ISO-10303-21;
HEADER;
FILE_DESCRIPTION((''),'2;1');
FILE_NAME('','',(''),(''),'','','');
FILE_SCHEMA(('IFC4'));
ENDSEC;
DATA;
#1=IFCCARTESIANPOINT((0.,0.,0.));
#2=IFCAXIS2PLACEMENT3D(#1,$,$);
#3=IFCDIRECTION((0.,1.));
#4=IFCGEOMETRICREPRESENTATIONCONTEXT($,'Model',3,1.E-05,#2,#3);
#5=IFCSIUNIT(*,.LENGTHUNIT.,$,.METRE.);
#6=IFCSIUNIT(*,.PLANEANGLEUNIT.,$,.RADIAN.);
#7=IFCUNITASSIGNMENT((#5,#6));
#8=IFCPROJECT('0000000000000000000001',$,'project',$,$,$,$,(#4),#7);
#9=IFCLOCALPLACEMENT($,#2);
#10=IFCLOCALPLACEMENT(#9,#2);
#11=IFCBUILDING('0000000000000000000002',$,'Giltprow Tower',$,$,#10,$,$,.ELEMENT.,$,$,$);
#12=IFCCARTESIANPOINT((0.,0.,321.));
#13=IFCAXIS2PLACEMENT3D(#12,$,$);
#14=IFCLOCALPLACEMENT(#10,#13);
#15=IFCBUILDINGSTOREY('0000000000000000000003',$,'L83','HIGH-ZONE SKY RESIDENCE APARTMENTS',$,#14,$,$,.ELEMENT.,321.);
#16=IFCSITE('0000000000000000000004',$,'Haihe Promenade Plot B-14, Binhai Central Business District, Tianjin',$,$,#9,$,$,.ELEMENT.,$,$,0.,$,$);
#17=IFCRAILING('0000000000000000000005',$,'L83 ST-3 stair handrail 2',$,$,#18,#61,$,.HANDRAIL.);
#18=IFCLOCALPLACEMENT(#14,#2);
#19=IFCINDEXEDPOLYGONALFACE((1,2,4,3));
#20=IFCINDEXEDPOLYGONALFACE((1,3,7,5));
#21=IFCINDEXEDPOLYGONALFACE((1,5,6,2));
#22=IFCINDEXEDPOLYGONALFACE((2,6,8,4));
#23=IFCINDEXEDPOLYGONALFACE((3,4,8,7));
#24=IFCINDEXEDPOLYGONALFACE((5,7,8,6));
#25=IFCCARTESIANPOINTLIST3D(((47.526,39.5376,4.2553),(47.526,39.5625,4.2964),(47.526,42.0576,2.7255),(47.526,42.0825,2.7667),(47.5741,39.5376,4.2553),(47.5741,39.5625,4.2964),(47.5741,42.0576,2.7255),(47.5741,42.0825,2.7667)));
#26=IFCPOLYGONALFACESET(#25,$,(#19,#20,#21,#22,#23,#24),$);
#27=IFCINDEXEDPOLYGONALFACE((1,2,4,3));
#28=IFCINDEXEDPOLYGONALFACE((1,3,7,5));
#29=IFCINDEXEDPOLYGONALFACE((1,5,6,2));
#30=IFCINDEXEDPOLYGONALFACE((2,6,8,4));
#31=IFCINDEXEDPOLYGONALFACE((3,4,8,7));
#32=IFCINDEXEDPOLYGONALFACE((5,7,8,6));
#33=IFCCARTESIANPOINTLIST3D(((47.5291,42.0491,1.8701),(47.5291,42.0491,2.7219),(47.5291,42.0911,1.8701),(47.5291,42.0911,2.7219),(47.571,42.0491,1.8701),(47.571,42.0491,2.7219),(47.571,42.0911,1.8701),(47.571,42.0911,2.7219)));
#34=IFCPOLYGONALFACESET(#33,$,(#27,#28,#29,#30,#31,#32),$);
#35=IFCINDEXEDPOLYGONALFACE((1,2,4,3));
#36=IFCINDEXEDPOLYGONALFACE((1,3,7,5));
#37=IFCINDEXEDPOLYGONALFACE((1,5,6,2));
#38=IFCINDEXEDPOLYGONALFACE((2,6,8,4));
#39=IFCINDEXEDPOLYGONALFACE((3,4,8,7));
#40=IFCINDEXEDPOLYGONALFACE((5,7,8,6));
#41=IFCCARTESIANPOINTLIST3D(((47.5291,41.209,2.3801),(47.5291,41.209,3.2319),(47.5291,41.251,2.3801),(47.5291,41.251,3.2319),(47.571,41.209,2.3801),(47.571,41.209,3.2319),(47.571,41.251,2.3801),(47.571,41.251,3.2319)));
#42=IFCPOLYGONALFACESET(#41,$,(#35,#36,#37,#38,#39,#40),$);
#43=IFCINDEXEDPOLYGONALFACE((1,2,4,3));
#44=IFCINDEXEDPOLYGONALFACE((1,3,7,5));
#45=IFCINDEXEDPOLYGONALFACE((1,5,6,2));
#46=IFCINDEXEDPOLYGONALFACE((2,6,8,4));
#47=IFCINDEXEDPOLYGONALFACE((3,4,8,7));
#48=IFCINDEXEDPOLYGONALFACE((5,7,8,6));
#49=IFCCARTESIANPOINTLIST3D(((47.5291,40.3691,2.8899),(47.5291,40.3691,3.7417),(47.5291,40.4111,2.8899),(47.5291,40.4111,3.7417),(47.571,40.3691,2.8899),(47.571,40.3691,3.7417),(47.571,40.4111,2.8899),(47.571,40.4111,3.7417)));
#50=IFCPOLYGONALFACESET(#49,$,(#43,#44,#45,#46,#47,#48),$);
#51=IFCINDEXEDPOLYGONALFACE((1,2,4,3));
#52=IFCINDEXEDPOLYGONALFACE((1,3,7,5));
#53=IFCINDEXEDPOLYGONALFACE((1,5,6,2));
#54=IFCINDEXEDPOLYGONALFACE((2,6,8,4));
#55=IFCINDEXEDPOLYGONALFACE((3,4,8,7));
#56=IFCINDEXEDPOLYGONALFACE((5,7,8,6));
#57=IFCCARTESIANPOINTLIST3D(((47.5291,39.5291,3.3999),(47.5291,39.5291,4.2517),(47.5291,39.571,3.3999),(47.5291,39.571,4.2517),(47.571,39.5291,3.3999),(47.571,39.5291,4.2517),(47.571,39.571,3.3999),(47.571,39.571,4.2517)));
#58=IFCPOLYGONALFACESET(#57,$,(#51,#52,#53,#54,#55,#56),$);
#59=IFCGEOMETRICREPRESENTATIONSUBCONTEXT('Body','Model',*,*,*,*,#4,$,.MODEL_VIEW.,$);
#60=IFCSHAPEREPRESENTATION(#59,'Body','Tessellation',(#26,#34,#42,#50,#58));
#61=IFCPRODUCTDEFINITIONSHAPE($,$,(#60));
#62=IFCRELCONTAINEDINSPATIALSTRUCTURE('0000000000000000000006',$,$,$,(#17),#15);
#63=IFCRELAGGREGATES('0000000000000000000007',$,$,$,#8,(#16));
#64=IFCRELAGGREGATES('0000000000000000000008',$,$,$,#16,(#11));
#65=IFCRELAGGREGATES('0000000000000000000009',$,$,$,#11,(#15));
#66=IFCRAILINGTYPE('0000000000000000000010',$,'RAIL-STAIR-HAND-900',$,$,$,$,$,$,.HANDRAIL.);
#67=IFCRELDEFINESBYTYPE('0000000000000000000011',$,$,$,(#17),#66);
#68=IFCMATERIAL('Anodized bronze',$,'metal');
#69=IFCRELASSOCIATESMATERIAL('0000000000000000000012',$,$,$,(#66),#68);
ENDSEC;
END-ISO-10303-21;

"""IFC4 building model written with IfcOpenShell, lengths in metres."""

from ifc_helpers import new_model, si_unit, direction, frame, origin, origin_2d, place, context, subcontext, project, spatial, rectangle, extrude, material, type_object, element, save


model = new_model("IFC4")

# Units and contexts
model_context = context("Model", 3, precision=1e-05, world=origin(), true_north=direction((0.0, 1.0)))
body_context = subcontext(model_context, "Body", "Model", "MODEL_VIEW")
ifc_project = project(units=[si_unit("LENGTHUNIT", "METRE"), si_unit("PLANEANGLEUNIT", "RADIAN")], contexts=[model_context])

# Site, building, storey
site_placement = place(None, origin())
site = spatial("IfcSite", under=ifc_project, at=site_placement, Name="Haihe Promenade Plot B-14, Binhai Central Business District, Tianjin", CompositionType="ELEMENT", RefElevation=0.0)
building_placement = place(site_placement, origin())
building = spatial("IfcBuilding", under=site, at=building_placement, Name="Giltprow Tower", CompositionType="ELEMENT")
storey_placement = place(building_placement, frame((0.0, 0.0, 321.0)))
storey = spatial("IfcBuildingStorey", under=building, at=storey_placement, Name="L83", Description="HIGH-ZONE SKY RESIDENCE APARTMENTS", CompositionType="ELEMENT", Elevation=321.0)

# Railing
ifc_material_1 = material(Name="Anodized bronze", Category="metal")
railing_type_1 = type_object("IfcRailingType", Name="RAIL-STAIR-HAND-900", PredefinedType="HANDRAIL", material=ifc_material_1)
railing_1_placement = place(storey_placement, frame((47.55, 42.0701, 1.8701)))
element("IfcRailing", 1, at=railing_1_placement, inside=storey, type_object=railing_type_1, Name="L83 ST-3 stair handrail 2", PredefinedType="HANDRAIL", context=body_context, shape_type="SweptSolid", body=[
    extrude(rectangle(XDim=0.0481, YDim=0.0481, at=origin_2d()), frame((0.0, 0.0, 0.876), z_axis=(0.0, -0.854822, 0.518922), x_axis=(1.0, 0.0, 0.0)), (0.0, 0.0, 1.0), 2.948),
    extrude(rectangle(XDim=0.042, YDim=0.042, at=origin_2d()), origin(), (0.0, 0.0, 1.0), 0.8518),
    extrude(rectangle(XDim=0.042, YDim=0.042, at=origin_2d()), frame((0.0, -0.8401, 0.51)), (0.0, 0.0, 1.0), 0.8518),
    extrude(rectangle(XDim=0.042, YDim=0.042, at=origin_2d()), frame((0.0, -1.6799, 1.0198)), (0.0, 0.0, 1.0), 0.8518),
    extrude(rectangle(XDim=0.042, YDim=0.042, at=origin_2d()), frame((0.0, -2.52, 1.5298)), (0.0, 0.0, 1.0), 0.8518),
])

save(model, "model.ifc")
